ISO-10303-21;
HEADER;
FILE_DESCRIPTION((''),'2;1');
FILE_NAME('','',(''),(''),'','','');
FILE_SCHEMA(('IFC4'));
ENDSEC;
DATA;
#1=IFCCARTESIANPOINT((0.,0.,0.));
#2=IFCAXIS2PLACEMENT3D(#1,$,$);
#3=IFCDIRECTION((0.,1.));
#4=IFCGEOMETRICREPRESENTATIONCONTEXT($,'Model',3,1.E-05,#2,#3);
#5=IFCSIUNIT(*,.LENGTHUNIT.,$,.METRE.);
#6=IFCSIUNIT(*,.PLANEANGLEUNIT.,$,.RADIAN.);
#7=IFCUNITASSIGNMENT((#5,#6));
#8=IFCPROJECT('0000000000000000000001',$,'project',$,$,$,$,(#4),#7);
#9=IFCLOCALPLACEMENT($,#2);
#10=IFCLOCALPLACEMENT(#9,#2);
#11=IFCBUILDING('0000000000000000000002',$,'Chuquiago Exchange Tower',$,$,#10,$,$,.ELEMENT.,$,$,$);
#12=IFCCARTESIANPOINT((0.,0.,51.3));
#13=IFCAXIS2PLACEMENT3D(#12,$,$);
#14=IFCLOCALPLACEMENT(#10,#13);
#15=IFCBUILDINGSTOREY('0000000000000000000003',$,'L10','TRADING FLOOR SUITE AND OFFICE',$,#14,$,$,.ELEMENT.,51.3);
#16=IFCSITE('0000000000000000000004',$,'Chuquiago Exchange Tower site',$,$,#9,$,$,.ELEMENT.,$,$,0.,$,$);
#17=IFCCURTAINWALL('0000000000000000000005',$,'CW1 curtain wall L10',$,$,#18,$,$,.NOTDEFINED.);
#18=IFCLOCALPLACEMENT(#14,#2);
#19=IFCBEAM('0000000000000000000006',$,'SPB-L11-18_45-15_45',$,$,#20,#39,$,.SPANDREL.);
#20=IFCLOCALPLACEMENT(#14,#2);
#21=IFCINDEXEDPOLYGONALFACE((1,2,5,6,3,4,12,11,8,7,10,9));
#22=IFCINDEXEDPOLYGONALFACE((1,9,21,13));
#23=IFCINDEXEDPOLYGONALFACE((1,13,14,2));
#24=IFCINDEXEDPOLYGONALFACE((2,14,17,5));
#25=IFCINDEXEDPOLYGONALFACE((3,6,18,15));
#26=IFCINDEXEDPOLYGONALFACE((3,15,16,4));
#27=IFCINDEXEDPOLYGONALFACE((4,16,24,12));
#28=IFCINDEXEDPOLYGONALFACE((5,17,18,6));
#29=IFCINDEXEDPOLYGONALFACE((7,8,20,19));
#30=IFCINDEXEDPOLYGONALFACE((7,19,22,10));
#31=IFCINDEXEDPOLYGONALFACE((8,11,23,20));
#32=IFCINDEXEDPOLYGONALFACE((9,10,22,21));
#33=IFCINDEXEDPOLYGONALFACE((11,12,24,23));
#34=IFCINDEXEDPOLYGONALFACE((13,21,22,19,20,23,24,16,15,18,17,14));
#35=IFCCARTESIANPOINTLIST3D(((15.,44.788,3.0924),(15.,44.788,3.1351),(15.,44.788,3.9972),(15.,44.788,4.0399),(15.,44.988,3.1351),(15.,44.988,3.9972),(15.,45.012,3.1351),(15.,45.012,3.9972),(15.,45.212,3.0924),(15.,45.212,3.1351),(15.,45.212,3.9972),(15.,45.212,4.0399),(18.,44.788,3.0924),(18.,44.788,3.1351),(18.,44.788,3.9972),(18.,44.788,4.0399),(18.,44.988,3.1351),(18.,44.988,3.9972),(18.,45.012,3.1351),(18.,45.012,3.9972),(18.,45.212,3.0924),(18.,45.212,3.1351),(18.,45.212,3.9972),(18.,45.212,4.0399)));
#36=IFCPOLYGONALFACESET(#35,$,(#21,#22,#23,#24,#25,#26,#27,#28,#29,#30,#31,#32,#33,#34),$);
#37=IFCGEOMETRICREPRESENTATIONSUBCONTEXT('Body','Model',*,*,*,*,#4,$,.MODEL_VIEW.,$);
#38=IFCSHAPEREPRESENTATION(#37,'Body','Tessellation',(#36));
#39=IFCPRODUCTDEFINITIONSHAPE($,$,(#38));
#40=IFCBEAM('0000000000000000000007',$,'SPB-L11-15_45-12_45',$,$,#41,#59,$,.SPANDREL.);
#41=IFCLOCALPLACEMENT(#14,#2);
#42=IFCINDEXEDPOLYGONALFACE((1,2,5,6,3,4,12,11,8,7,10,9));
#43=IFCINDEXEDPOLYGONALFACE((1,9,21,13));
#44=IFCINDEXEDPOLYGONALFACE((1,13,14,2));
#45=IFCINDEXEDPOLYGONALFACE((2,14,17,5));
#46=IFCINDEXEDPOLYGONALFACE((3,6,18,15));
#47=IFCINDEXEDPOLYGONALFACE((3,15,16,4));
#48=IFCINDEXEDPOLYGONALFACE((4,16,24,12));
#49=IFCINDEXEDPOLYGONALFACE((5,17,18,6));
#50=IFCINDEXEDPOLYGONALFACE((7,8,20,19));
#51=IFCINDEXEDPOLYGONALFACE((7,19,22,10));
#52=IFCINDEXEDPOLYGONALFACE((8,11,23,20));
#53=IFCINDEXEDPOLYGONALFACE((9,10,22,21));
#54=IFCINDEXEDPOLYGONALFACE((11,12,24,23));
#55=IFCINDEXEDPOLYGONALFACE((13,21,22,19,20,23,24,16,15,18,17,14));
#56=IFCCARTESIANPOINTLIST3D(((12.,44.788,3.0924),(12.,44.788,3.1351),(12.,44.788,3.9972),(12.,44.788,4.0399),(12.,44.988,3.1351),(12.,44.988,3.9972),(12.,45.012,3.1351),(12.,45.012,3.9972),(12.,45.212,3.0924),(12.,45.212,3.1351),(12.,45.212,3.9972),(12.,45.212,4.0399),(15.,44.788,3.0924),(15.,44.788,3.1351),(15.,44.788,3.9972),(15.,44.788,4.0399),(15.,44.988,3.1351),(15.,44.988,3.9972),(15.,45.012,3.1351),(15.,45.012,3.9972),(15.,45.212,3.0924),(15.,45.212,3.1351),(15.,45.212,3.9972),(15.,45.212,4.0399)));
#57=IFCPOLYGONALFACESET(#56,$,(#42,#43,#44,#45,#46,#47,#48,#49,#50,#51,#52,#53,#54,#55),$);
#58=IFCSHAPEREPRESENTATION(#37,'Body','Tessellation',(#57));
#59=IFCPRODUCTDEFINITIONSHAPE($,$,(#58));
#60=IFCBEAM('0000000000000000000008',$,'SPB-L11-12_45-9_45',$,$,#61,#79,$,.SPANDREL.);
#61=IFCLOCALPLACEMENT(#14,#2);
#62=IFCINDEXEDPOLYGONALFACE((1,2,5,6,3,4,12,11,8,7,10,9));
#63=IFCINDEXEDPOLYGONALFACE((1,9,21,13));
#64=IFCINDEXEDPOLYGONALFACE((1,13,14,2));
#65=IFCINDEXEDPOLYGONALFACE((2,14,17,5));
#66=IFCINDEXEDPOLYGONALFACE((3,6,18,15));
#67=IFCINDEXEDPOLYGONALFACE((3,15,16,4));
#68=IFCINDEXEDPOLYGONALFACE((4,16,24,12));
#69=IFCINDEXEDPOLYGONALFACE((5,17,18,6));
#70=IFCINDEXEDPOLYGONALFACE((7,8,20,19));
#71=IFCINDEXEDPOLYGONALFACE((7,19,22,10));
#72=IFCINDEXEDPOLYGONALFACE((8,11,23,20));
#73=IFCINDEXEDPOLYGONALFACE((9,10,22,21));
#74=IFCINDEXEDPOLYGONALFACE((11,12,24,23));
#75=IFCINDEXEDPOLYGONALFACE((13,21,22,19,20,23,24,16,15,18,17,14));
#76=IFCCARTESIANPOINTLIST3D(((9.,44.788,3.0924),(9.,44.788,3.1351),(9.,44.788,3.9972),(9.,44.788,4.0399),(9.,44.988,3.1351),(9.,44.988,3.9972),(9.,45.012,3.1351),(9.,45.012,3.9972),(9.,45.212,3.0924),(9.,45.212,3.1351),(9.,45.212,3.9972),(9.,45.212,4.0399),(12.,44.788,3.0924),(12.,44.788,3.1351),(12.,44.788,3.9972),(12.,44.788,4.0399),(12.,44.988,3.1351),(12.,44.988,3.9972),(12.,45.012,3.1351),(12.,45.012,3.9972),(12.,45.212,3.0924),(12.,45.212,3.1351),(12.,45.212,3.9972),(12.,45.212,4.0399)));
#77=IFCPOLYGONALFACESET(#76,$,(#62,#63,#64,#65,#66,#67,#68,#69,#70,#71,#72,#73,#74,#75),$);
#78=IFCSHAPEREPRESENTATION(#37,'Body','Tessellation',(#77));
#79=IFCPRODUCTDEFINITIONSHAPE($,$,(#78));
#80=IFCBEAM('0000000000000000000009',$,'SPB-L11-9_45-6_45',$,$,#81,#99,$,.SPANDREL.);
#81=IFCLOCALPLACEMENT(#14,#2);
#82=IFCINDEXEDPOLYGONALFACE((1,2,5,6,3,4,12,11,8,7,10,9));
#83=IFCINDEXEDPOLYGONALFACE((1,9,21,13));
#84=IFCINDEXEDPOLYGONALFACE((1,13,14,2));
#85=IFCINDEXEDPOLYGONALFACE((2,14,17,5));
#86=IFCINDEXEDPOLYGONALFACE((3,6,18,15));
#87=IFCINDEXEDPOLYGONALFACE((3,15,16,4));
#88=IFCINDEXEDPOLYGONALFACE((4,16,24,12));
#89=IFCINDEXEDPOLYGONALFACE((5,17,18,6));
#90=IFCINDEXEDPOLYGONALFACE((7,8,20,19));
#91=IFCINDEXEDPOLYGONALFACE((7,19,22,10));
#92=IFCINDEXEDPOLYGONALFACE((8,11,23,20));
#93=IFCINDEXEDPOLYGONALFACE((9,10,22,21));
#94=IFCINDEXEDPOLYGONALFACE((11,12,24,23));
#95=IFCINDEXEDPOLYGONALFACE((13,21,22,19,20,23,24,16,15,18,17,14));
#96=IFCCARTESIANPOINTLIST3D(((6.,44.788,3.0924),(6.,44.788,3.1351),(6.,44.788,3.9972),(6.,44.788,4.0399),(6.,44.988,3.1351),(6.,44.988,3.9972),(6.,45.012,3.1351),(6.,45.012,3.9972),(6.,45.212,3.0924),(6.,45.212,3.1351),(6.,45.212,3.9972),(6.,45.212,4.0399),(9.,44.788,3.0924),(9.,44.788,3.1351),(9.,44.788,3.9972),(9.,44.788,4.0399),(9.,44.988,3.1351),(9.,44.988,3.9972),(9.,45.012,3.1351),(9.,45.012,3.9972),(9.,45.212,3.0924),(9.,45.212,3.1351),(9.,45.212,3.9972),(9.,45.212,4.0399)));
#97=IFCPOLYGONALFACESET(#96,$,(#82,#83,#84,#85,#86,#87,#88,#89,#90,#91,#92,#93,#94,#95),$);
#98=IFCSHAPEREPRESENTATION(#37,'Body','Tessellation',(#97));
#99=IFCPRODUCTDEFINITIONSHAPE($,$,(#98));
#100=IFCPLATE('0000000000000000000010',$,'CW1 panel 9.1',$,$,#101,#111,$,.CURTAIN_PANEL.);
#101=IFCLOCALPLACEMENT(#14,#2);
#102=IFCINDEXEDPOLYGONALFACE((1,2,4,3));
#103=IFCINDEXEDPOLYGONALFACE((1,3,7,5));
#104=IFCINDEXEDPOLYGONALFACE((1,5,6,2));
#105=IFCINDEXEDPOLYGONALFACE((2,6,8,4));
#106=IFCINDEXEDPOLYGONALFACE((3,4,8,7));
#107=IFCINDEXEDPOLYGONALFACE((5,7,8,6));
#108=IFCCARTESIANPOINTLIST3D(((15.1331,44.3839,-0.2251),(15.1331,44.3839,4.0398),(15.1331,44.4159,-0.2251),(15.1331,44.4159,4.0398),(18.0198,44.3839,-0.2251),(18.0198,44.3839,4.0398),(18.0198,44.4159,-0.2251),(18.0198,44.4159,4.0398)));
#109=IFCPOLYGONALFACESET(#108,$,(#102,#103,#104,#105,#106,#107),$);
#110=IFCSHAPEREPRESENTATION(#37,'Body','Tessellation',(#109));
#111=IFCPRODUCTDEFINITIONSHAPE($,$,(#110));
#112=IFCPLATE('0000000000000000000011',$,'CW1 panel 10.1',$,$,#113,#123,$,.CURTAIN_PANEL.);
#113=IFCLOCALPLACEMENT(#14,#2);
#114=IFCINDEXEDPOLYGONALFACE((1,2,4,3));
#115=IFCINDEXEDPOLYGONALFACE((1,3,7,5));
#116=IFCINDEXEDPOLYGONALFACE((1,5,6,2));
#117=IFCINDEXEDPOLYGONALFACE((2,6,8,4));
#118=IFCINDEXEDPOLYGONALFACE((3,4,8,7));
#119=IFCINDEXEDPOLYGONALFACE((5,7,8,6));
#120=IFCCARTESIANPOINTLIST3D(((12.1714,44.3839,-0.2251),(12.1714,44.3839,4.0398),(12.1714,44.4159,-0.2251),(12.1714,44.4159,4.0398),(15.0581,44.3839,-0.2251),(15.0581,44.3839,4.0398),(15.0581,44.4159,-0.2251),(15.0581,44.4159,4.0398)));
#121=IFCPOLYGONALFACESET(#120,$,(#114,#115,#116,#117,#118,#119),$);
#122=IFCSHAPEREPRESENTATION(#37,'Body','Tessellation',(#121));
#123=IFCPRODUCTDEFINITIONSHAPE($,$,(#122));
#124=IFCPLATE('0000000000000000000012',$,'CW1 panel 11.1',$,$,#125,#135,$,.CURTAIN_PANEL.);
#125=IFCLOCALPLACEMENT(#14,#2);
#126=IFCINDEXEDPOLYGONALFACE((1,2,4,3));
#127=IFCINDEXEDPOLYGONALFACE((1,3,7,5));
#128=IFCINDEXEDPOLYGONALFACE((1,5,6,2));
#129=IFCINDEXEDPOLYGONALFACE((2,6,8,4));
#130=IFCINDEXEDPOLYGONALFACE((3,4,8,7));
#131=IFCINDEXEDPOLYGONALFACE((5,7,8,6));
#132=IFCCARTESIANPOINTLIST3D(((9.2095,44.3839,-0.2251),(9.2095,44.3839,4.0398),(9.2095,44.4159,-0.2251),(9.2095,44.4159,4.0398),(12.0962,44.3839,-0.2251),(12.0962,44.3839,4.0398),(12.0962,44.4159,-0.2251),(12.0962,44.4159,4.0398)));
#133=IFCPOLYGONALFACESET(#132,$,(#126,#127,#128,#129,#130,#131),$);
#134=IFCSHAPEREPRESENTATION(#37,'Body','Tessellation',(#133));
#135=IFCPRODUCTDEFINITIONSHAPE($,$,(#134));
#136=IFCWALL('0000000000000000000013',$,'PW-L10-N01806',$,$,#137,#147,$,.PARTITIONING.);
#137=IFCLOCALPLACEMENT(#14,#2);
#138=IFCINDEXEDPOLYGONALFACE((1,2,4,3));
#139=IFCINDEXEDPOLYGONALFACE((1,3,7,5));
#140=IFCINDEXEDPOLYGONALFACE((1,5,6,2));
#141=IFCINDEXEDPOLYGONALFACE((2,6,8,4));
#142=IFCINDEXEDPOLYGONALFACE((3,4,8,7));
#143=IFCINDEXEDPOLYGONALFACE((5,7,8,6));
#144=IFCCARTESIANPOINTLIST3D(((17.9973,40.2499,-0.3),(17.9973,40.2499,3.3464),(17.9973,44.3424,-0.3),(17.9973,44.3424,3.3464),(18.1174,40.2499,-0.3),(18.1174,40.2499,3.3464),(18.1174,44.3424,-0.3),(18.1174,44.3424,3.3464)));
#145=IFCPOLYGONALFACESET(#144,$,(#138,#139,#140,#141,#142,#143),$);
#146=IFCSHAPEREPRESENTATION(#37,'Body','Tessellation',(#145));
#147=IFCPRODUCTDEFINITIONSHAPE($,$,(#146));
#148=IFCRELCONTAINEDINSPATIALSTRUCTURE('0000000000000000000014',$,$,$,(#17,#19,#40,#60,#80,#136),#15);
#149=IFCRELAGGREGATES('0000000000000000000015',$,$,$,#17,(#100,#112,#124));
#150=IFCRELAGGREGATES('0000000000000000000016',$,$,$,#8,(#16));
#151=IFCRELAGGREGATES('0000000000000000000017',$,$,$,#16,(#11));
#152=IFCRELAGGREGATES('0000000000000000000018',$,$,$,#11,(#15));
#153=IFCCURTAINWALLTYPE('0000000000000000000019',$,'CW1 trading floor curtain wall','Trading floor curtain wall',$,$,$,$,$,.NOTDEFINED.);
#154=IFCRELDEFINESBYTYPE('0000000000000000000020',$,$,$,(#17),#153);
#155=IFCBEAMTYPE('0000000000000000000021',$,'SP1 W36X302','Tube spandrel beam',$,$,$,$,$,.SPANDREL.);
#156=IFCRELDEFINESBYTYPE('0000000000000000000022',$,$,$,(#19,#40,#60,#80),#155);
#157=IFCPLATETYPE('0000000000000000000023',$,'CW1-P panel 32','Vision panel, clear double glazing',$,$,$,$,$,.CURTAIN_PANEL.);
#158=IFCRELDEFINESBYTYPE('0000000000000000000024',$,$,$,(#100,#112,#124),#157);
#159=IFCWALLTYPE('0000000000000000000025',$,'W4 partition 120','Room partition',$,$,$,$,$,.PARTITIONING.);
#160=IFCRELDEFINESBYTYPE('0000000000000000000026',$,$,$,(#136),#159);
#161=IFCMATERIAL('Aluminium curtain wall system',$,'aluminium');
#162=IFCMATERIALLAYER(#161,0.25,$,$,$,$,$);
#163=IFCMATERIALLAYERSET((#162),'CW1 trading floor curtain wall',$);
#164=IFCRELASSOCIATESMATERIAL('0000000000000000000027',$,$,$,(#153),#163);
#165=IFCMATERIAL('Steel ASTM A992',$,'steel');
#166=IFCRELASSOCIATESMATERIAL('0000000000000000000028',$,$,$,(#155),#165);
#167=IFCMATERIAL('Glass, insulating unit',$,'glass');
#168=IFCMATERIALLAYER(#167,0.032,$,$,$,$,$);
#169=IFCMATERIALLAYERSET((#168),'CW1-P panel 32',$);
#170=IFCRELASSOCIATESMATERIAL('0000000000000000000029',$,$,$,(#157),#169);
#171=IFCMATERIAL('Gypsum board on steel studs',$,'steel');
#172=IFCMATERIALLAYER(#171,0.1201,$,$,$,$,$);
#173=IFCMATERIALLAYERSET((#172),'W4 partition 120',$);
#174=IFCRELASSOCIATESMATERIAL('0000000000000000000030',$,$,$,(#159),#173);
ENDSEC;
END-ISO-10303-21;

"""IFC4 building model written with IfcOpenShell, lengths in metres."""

from ifc_helpers import new_model, si_unit, direction, frame, frame_2d, origin, origin_2d, place, context, subcontext, project, spatial, rectangle, i_section, extrude, material, layer, layer_set, material_profile, profile_set, type_object, element, aggregate, save


model = new_model("IFC4")

# Units and contexts
model_context = context("Model", 3, precision=1e-05, world=origin(), true_north=direction((0.0, 1.0)))
body_context = subcontext(model_context, "Body", "Model", "MODEL_VIEW")
ifc_project = project(units=[si_unit("LENGTHUNIT", "METRE"), si_unit("PLANEANGLEUNIT", "RADIAN")], contexts=[model_context])

# Site, building, storey
site_placement = place(None, origin())
site = spatial("IfcSite", under=ifc_project, at=site_placement, Name="Chuquiago Exchange Tower site", CompositionType="ELEMENT", RefElevation=0.0)
building_placement = place(site_placement, origin())
building = spatial("IfcBuilding", under=site, at=building_placement, Name="Chuquiago Exchange Tower", CompositionType="ELEMENT")
storey_placement = place(building_placement, frame((0.0, 0.0, 51.3)))
storey = spatial("IfcBuildingStorey", under=building, at=storey_placement, Name="L10", Description="TRADING FLOOR SUITE AND OFFICE", CompositionType="ELEMENT", Elevation=51.3)

# Curtain wall
ifc_material_1 = material(Name="Aluminium curtain wall system", Category="aluminium")
ifc_layer_1 = layer(ifc_material_1, 0.25)
ifc_layer_set_1 = layer_set([ifc_layer_1], Name="CW1 trading floor curtain wall")
curtain_wall_type = type_object("IfcCurtainWallType", Name="CW1 trading floor curtain wall", Description="Trading floor curtain wall", PredefinedType="NOTDEFINED", material=ifc_layer_set_1)
curtain_wall_placement = place(storey_placement, origin())
curtain_wall = element("IfcCurtainWall", 1, at=curtain_wall_placement, inside=storey, type_object=curtain_wall_type, Name="CW1 curtain wall L10", PredefinedType="NOTDEFINED")

# Beams
ifc_material_2 = material(Name="Steel ASTM A992", Category="steel")
ifc_material_profile_1 = material_profile(ifc_material_2, i_section(OverallWidth=0.4241, OverallDepth=0.9475, WebThickness=0.0239, FlangeThickness=0.0427, at=origin_2d()), Name="W36X302")
ifc_profile_set_1 = profile_set([ifc_material_profile_1], Name="Steel ASTM A992")
beam_type = type_object("IfcBeamType", Name="SP1 W36X302", Description="Tube spandrel beam", PredefinedType="SPANDREL", material=ifc_profile_set_1)
for number, where, z_axis, x_axis, name in (
    (2, (18.0, 45.0, 3.5662), (-1.0, 0.0, 0.0), (0.0, -1.0, 0.0), "SPB-L11-18_45-15_45"),
    (3, (15.0, 45.0, 3.5662), (-1.0, 0.0, 0.0), (0.0, -1.0, 0.0), "SPB-L11-15_45-12_45"),
    (4, (12.0, 45.0, 3.5662), (-1.0, 0.0, 0.0), (0.0, -1.0, 0.0), "SPB-L11-12_45-9_45"),
    (5, (9.0, 45.0, 3.5662), (-1.0, 0.0, 0.0), (0.0, -1.0, 0.0), "SPB-L11-9_45-6_45"),
):
    element("IfcBeam", number, at=place(storey_placement, frame(where, z_axis=z_axis, x_axis=x_axis)), inside=storey, type_object=beam_type, Name=name, PredefinedType="SPANDREL", context=body_context, shape_type="SweptSolid", body=[
        extrude(i_section(OverallWidth=0.4241, OverallDepth=0.9475, WebThickness=0.0239, FlangeThickness=0.0427, at=origin_2d()), origin(), (0.0, 0.0, 1.0), 3.0),
    ])

# Plates
ifc_material_3 = material(Name="Glass, insulating unit", Category="glass")
ifc_layer_2 = layer(ifc_material_3, 0.032)
ifc_layer_set_2 = layer_set([ifc_layer_2], Name="CW1-P panel 32")
plate_type = type_object("IfcPlateType", Name="CW1-P panel 32", Description="Vision panel, clear double glazing", PredefinedType="CURTAIN_PANEL", material=ifc_layer_set_2)
plate_1_placement = place(storey_placement, frame((16.5764, 44.3999, -0.2251), z_axis=(0.0, 0.0, 1.0), x_axis=(-1.0, 0.0, 0.0)))
plate_1 = element("IfcPlate", 6, at=plate_1_placement, type_object=plate_type, Name="CW1 panel 9.1", PredefinedType="CURTAIN_PANEL", context=body_context, shape_type="SweptSolid", body=[
    extrude(rectangle(XDim=2.8867, YDim=0.032, at=origin_2d()), origin(), (0.0, 0.0, 1.0), 4.2649),
])
plate_2_placement = place(storey_placement, frame((13.6147, 44.3999, -0.2251), z_axis=(0.0, 0.0, 1.0), x_axis=(-1.0, 0.0, 0.0)))
plate_2 = element("IfcPlate", 7, at=plate_2_placement, type_object=plate_type, Name="CW1 panel 10.1", PredefinedType="CURTAIN_PANEL", context=body_context, shape_type="SweptSolid", body=[
    extrude(rectangle(XDim=2.8867, YDim=0.032, at=origin_2d()), origin(), (0.0, 0.0, 1.0), 4.2649),
])
plate_3_placement = place(storey_placement, frame((10.6528, 44.3999, -0.2251), z_axis=(0.0, 0.0, 1.0), x_axis=(-1.0, 0.0, 0.0)))
plate_3 = element("IfcPlate", 8, at=plate_3_placement, type_object=plate_type, Name="CW1 panel 11.1", PredefinedType="CURTAIN_PANEL", context=body_context, shape_type="SweptSolid", body=[
    extrude(rectangle(XDim=2.8867, YDim=0.032, at=origin_2d()), origin(), (0.0, 0.0, 1.0), 4.2649),
])
aggregate(curtain_wall, [plate_1, plate_2, plate_3])

# Wall
ifc_material_4 = material(Name="Gypsum board on steel studs", Category="steel")
ifc_layer_3 = layer(ifc_material_4, 0.1201)
ifc_layer_set_3 = layer_set([ifc_layer_3], Name="W4 partition 120")
wall_type = type_object("IfcWallType", Name="W4 partition 120", Description="Room partition", PredefinedType="PARTITIONING", material=ifc_layer_set_3)
wall_placement = place(storey_placement, frame((18.0574, 44.3425, -0.3), z_axis=(0.0, 0.0, 1.0), x_axis=(0.0, -1.0, 0.0)))
element("IfcWall", 9, at=wall_placement, inside=storey, type_object=wall_type, Name="PW-L10-N01806", PredefinedType="PARTITIONING", context=body_context, shape_type="SweptSolid", body=[
    extrude(rectangle(XDim=4.0925, YDim=0.1201, at=frame_2d((2.0464, 0.0))), origin(), (0.0, 0.0, 1.0), 3.6465),
])

save(model, "model.ifc")
